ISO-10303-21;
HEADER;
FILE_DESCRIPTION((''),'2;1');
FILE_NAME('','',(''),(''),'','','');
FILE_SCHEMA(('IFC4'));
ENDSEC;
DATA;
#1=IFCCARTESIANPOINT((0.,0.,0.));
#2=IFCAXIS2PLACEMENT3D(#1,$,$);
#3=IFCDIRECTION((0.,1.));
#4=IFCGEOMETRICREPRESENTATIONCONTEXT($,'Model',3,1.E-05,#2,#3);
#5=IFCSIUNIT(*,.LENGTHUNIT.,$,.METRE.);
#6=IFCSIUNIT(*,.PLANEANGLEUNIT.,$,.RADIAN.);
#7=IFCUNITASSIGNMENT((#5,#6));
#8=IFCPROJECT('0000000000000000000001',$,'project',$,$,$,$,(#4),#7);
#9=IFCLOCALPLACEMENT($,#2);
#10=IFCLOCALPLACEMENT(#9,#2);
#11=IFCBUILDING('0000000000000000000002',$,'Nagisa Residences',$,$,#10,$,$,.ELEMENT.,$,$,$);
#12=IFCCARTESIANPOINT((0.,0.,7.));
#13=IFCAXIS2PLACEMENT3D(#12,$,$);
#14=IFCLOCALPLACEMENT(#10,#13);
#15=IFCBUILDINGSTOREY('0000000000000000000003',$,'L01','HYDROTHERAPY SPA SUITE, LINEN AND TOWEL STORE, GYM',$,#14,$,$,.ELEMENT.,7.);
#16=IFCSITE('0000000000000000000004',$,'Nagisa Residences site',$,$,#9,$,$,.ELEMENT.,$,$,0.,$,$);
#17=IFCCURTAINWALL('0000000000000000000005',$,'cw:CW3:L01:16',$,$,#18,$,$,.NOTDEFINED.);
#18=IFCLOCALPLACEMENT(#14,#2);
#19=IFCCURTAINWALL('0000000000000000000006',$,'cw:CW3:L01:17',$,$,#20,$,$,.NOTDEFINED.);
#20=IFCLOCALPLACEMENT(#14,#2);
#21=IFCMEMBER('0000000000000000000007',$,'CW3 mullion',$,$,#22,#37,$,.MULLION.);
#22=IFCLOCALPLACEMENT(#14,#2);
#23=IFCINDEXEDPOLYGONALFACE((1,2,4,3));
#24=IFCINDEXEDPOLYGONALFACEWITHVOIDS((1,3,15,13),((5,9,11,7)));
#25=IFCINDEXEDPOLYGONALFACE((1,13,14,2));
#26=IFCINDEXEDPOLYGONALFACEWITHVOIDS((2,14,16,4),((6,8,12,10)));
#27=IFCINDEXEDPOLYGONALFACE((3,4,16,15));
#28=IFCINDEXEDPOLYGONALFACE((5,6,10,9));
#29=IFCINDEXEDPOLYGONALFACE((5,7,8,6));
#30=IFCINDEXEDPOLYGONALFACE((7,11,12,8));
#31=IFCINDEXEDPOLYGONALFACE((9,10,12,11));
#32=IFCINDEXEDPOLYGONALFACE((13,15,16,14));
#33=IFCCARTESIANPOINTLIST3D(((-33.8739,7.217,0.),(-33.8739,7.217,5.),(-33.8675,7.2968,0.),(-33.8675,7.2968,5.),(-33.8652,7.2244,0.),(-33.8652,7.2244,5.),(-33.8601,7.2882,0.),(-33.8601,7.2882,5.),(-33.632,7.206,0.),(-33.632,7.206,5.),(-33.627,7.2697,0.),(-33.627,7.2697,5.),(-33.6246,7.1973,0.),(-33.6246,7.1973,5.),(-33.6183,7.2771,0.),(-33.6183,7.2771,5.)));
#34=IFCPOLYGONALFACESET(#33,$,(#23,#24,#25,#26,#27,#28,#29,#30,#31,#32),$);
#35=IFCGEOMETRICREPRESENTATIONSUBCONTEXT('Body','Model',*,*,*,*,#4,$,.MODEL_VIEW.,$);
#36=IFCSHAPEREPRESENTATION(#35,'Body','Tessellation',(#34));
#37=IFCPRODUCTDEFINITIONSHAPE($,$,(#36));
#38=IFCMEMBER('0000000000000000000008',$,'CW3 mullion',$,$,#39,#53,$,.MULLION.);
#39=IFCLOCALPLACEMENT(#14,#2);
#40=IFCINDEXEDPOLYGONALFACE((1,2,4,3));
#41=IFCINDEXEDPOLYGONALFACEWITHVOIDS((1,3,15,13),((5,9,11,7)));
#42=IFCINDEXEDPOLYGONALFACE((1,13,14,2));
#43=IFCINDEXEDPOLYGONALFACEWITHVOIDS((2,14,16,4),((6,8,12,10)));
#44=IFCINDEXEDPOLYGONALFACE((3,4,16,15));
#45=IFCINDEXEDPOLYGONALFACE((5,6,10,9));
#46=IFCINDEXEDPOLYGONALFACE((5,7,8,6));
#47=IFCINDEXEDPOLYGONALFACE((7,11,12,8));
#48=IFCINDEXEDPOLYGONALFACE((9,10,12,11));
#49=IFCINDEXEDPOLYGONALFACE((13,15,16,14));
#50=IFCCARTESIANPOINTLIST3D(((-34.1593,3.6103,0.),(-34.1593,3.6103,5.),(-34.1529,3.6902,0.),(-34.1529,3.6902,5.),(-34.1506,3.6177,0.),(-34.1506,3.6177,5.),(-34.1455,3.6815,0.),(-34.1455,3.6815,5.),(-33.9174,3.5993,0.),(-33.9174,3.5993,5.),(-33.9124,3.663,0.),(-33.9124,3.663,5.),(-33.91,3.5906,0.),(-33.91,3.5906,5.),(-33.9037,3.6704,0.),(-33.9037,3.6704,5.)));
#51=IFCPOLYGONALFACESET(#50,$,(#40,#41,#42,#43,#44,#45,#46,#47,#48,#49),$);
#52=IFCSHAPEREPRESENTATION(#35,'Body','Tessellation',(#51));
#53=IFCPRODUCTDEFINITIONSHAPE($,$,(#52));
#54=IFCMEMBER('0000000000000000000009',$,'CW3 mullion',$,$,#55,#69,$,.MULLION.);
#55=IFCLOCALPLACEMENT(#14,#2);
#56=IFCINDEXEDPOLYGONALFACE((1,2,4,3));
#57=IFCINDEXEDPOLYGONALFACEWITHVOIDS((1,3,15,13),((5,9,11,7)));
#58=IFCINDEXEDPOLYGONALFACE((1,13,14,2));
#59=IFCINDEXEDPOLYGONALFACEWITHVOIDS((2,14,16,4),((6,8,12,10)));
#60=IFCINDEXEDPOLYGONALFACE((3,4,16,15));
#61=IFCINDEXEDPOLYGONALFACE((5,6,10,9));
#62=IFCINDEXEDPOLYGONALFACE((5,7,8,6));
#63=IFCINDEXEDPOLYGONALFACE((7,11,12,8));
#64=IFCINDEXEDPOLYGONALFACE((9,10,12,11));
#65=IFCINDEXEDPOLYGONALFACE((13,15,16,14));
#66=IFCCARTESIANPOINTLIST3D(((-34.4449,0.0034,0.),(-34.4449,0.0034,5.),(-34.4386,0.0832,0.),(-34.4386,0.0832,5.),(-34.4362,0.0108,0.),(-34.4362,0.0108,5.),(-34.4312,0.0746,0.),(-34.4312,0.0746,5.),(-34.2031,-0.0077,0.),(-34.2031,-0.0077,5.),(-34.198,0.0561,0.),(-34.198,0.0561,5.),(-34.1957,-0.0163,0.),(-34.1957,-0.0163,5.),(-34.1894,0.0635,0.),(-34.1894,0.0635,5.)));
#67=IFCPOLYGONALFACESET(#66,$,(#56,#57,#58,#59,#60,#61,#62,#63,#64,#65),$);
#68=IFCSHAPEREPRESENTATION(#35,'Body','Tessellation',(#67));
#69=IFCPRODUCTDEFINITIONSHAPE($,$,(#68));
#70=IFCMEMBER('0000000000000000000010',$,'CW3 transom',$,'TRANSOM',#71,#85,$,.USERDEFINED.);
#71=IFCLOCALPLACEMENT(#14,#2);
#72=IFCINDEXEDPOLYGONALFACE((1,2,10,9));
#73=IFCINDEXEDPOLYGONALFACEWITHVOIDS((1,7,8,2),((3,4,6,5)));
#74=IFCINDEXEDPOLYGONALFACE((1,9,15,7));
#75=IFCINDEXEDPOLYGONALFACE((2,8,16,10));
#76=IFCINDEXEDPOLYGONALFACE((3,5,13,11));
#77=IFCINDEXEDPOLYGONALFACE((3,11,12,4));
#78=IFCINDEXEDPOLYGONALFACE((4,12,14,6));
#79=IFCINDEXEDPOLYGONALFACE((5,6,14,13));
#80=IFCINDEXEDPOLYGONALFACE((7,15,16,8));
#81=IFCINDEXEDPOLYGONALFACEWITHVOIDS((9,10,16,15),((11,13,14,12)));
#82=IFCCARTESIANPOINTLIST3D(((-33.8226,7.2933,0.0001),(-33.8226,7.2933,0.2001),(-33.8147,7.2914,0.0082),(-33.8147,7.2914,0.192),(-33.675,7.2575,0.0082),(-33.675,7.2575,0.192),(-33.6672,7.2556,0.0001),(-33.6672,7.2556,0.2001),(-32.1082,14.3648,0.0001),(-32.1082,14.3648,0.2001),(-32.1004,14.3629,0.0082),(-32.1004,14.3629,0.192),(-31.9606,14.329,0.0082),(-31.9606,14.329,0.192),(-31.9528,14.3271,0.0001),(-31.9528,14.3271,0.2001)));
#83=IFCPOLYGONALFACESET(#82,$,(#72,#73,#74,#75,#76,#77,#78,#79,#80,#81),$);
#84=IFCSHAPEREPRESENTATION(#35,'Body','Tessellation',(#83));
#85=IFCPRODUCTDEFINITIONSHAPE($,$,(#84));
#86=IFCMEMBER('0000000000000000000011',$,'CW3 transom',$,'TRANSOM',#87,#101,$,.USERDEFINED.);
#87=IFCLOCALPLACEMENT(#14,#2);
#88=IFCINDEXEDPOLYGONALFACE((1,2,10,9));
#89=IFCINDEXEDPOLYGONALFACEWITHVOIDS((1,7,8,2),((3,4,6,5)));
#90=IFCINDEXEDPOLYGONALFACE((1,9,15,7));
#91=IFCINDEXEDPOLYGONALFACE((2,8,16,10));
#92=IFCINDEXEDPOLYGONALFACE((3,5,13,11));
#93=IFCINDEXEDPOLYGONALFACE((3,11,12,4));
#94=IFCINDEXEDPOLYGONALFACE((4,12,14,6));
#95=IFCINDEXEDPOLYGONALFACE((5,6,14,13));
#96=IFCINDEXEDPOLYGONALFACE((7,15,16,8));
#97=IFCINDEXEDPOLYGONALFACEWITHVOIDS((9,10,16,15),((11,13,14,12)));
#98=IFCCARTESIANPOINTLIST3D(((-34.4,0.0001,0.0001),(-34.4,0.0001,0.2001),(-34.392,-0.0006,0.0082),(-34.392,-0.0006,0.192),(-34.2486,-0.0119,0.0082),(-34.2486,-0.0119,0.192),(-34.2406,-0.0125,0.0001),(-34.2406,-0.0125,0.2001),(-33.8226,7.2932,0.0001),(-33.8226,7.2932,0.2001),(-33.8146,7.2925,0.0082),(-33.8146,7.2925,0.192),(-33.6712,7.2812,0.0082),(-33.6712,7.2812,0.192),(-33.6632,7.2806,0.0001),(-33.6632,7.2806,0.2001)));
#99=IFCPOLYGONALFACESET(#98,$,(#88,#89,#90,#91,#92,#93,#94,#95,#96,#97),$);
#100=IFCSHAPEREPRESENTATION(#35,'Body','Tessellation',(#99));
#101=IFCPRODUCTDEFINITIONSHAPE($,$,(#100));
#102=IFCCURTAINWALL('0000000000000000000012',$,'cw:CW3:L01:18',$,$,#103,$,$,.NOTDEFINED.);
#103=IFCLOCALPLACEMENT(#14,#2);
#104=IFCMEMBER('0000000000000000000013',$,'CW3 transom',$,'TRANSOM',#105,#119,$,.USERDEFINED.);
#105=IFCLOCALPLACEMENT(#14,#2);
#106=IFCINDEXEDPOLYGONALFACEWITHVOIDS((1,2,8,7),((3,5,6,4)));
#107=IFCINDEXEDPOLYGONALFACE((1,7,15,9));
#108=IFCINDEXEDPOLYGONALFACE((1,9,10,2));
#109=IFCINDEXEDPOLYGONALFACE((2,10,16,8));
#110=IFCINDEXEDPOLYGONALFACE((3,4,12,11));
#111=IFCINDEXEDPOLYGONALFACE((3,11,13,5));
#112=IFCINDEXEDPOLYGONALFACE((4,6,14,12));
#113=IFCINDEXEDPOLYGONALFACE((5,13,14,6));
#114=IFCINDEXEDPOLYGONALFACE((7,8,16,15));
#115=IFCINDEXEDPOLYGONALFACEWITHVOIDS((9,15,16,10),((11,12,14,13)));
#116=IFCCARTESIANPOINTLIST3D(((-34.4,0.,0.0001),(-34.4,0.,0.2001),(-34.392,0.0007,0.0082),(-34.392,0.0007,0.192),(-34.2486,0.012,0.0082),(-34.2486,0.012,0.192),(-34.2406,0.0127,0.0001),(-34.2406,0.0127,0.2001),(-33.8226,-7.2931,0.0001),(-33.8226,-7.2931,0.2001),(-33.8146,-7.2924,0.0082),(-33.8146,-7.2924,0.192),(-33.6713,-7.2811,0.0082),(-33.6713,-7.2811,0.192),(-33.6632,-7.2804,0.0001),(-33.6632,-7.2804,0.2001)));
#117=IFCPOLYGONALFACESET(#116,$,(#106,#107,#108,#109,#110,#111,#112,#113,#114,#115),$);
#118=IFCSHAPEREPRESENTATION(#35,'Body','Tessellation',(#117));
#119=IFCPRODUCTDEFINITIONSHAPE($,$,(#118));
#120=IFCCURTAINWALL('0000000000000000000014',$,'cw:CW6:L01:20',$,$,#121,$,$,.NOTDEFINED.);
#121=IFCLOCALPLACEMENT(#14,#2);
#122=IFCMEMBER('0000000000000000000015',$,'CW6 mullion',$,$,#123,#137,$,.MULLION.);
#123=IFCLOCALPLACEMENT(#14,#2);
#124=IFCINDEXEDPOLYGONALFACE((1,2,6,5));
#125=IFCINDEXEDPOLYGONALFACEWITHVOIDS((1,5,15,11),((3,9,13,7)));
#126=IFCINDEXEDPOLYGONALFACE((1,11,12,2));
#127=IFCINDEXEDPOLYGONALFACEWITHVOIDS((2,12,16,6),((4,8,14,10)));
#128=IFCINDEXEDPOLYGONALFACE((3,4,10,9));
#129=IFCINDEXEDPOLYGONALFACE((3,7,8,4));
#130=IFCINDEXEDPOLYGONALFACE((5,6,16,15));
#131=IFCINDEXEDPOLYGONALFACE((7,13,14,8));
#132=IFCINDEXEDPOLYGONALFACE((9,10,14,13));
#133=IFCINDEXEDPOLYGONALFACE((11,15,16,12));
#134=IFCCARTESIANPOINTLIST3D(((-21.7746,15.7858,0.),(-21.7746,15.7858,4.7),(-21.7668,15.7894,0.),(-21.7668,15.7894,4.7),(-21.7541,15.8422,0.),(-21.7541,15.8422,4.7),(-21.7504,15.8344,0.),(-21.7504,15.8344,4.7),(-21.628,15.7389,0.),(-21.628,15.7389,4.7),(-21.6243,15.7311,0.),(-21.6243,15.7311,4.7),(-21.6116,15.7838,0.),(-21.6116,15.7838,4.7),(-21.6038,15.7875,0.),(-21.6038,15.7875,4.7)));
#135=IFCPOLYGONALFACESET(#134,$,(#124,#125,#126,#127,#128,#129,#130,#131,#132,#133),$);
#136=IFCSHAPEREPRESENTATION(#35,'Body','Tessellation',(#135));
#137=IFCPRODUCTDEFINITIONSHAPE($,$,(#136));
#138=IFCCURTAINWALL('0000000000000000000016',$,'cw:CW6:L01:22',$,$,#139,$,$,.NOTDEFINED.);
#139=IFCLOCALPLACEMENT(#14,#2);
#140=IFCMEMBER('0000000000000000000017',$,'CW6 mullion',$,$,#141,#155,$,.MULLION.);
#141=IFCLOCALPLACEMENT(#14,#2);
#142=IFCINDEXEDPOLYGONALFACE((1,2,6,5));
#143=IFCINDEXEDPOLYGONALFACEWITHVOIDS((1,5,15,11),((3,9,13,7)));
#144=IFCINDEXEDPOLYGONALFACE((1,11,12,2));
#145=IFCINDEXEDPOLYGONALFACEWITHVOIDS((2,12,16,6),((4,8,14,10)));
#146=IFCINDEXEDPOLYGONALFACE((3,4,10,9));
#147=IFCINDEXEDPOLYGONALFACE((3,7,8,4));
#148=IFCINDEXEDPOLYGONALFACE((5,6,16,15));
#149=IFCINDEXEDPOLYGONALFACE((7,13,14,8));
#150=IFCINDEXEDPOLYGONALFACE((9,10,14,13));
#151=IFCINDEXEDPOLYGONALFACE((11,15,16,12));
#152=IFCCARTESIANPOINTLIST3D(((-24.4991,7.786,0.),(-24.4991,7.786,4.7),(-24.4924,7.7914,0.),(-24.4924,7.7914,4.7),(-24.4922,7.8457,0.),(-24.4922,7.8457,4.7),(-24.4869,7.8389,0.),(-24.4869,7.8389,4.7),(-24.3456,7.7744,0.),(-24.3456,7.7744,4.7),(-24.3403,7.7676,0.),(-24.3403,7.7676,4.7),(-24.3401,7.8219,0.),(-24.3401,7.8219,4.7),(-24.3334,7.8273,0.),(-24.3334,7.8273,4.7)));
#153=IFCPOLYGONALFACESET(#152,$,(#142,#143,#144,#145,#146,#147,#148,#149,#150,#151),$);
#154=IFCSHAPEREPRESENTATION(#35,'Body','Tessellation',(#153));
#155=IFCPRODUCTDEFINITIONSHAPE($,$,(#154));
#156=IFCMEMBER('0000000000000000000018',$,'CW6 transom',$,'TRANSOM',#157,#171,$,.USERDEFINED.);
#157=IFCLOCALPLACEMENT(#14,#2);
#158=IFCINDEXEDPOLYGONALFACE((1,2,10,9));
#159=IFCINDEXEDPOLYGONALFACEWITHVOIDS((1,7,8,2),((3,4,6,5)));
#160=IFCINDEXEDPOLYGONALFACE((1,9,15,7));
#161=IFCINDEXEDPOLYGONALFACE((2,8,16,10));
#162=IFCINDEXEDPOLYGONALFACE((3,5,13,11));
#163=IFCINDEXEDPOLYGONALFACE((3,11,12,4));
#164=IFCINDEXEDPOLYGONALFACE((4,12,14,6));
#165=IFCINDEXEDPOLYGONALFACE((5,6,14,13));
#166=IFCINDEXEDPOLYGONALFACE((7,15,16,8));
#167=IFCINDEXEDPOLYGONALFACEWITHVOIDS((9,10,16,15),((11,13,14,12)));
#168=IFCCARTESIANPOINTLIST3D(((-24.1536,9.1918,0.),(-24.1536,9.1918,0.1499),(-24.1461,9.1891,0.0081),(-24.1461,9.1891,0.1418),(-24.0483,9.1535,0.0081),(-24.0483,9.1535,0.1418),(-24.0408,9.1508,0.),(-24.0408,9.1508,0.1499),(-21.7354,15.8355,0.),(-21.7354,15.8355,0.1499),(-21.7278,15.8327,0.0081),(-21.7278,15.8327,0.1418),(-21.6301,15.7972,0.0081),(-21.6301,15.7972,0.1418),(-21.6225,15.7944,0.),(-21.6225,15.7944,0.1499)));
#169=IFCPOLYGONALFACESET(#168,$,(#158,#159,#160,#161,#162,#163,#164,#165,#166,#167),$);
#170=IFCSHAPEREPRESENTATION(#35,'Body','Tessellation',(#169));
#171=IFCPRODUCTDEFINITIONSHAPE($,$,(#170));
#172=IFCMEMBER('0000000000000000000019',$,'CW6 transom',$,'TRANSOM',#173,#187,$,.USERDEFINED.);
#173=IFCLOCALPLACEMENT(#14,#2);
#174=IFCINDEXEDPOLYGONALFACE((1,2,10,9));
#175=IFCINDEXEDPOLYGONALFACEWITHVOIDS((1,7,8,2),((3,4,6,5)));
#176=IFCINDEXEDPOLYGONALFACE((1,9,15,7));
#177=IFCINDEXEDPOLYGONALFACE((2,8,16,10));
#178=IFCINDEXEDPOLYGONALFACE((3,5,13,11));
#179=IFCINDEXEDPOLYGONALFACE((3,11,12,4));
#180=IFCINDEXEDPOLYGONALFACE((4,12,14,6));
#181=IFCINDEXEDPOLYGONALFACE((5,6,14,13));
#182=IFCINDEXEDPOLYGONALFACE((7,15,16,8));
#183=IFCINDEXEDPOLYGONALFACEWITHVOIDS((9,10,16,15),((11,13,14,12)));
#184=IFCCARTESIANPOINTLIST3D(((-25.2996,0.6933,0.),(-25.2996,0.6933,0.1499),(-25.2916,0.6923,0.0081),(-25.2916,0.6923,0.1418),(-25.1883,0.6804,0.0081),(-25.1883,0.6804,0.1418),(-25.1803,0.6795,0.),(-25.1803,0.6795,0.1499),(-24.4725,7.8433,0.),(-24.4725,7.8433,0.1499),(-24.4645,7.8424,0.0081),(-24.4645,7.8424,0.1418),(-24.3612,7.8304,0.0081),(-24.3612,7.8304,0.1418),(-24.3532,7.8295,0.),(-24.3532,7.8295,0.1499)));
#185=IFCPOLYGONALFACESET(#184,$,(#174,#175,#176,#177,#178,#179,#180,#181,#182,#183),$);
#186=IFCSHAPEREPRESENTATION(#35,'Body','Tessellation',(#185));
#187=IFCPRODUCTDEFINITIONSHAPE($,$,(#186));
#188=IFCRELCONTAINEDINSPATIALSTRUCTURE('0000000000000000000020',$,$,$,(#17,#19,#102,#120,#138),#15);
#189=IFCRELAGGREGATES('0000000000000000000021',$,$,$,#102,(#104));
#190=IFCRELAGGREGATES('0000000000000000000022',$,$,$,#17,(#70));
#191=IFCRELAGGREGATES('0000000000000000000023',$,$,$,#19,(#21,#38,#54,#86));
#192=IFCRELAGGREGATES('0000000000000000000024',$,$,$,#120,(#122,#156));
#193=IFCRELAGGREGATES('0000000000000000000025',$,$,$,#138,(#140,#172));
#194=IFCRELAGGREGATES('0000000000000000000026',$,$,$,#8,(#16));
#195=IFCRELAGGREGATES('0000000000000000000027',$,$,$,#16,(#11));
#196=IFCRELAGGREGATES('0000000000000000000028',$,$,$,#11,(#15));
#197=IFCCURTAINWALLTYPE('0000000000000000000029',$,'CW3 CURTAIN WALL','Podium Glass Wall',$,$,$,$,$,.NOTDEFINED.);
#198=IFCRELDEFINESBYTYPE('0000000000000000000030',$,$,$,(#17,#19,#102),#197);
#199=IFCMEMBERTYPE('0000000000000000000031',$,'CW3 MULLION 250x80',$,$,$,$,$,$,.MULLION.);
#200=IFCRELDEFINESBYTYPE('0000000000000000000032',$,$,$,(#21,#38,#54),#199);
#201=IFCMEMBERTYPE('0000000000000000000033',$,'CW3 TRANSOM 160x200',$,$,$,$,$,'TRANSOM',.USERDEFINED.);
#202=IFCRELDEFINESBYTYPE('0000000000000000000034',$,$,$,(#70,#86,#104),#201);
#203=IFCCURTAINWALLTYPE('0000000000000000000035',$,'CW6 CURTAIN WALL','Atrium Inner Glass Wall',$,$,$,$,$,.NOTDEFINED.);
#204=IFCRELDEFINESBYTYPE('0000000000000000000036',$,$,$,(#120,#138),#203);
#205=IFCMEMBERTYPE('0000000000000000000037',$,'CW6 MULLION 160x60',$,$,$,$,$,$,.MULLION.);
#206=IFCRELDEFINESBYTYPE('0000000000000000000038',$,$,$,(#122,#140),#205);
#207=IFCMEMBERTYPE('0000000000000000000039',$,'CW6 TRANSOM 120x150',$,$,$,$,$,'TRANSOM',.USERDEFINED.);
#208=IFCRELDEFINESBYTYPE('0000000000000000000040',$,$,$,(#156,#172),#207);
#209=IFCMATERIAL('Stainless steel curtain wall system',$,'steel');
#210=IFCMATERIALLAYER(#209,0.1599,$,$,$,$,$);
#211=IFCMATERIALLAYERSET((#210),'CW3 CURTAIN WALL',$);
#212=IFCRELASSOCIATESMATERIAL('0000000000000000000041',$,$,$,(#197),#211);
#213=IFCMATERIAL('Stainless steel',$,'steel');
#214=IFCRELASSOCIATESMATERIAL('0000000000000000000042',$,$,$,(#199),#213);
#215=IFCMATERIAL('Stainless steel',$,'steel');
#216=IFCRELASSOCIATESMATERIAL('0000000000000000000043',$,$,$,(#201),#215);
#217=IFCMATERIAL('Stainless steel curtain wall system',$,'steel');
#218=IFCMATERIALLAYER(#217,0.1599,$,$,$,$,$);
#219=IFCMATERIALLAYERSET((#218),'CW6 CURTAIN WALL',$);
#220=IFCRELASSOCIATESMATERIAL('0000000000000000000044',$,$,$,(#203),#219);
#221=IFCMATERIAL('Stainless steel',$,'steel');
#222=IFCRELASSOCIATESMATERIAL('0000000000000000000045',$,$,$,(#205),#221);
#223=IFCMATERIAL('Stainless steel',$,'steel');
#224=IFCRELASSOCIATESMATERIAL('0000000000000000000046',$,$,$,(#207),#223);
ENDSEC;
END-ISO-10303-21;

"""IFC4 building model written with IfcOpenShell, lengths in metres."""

from ifc_helpers import new_model, si_unit, direction, frame, origin, origin_2d, place, context, subcontext, project, spatial, hollow_rectangle, extrude, material, layer, layer_set, material_profile, profile_set, type_object, element, aggregate, save


model = new_model("IFC4")

# Units and contexts
model_context = context("Model", 3, precision=1e-05, world=origin(), true_north=direction((0.0, 1.0)))
body_context = subcontext(model_context, "Body", "Model", "MODEL_VIEW")
ifc_project = project(units=[si_unit("LENGTHUNIT", "METRE"), si_unit("PLANEANGLEUNIT", "RADIAN")], contexts=[model_context])

# Site, building, storey
site_placement = place(None, origin())
site = spatial("IfcSite", under=ifc_project, at=site_placement, Name="Nagisa Residences site", CompositionType="ELEMENT", RefElevation=0.0)
building_placement = place(site_placement, origin())
building = spatial("IfcBuilding", under=site, at=building_placement, Name="Nagisa Residences", CompositionType="ELEMENT")
storey_placement = place(building_placement, frame((0.0, 0.0, 7.0)))
storey = spatial("IfcBuildingStorey", under=building, at=storey_placement, Name="L01", Description="HYDROTHERAPY SPA SUITE, LINEN AND TOWEL STORE, GYM", CompositionType="ELEMENT", Elevation=7.0)

# Shared definitions
ifc_material_1 = material(Name="Stainless steel curtain wall system", Category="steel")
ifc_layer_1 = layer(ifc_material_1, 0.1599)
ifc_layer_set_1 = layer_set([ifc_layer_1], Name="CW3 CURTAIN WALL")
curtain_wall_type_1 = type_object("IfcCurtainWallType", Name="CW3 CURTAIN WALL", Description="Podium Glass Wall", PredefinedType="NOTDEFINED", material=ifc_layer_set_1)
ifc_material_2 = material(Name="Stainless steel", Category="steel")
ifc_material_profile_1 = material_profile(ifc_material_2, hollow_rectangle(XDim=0.25, YDim=0.0801, WallThickness=0.0081, at=origin_2d()), Name="CW3 MULLION 250x80")
ifc_profile_set_1 = profile_set([ifc_material_profile_1], Name="Stainless steel")
member_type_1 = type_object("IfcMemberType", Name="CW3 MULLION 250x80", PredefinedType="MULLION", material=ifc_profile_set_1)

# Curtain walls, members
curtain_wall_1_placement = place(storey_placement, origin())
curtain_wall_1 = element("IfcCurtainWall", 1, at=curtain_wall_1_placement, inside=storey, type_object=curtain_wall_type_1, Name="cw:CW3:L01:16", PredefinedType="NOTDEFINED")
curtain_wall_2_placement = place(storey_placement, origin())
curtain_wall_2 = element("IfcCurtainWall", 2, at=curtain_wall_2_placement, inside=storey, type_object=curtain_wall_type_1, Name="cw:CW3:L01:17", PredefinedType="NOTDEFINED")
member_1_placement = place(storey_placement, frame((-33.7461, 7.2471, 0.0), z_axis=(0.0, 0.0, 1.0), x_axis=(0.996882, -0.07891, 0.0)))
member_1 = element("IfcMember", 3, at=member_1_placement, type_object=member_type_1, Name="CW3 mullion", PredefinedType="MULLION", context=body_context, shape_type="SweptSolid", body=[
    extrude(hollow_rectangle(XDim=0.25, YDim=0.0801, WallThickness=0.0081, at=origin_2d()), origin(), (0.0, 0.0, 1.0), 5.0),
])
member_2_placement = place(storey_placement, frame((-34.0315, 3.6404, 0.0), z_axis=(0.0, 0.0, 1.0), x_axis=(0.996882, -0.07891, 0.0)))
member_2 = element("IfcMember", 4, at=member_2_placement, type_object=member_type_1, Name="CW3 mullion", PredefinedType="MULLION", context=body_context, shape_type="SweptSolid", body=[
    extrude(hollow_rectangle(XDim=0.25, YDim=0.0801, WallThickness=0.0081, at=origin_2d()), origin(), (0.0, 0.0, 1.0), 5.0),
])
member_3_placement = place(storey_placement, frame((-34.3171, 0.0334, 0.0), z_axis=(0.0, 0.0, 1.0), x_axis=(0.996882, -0.07891, 0.0)))
member_3 = element("IfcMember", 5, at=member_3_placement, type_object=member_type_1, Name="CW3 mullion", PredefinedType="MULLION", context=body_context, shape_type="SweptSolid", body=[
    extrude(hollow_rectangle(XDim=0.25, YDim=0.0801, WallThickness=0.0081, at=origin_2d()), origin(), (0.0, 0.0, 1.0), 5.0),
])

# Members
ifc_material_3 = material(Name="Stainless steel", Category="steel")
ifc_material_profile_2 = material_profile(ifc_material_3, hollow_rectangle(XDim=0.1599, YDim=0.2, WallThickness=0.0081, at=origin_2d()), Name="CW3 TRANSOM 160x200")
ifc_profile_set_2 = profile_set([ifc_material_profile_2], Name="Stainless steel")
member_type_2 = type_object("IfcMemberType", Name="CW3 TRANSOM 160x200", ElementType="TRANSOM", PredefinedType="USERDEFINED", material=ifc_profile_set_2)
member_4_placement = place(storey_placement, frame((-32.0305, 14.3459, 0.1001), z_axis=(-0.235606, -0.971849, 0.0), x_axis=(0.971849, -0.235606, 0.0)))
member_4 = element("IfcMember", 6, at=member_4_placement, type_object=member_type_2, Name="CW3 transom", ObjectType="TRANSOM", PredefinedType="USERDEFINED", context=body_context, shape_type="SweptSolid", body=[
    extrude(hollow_rectangle(XDim=0.1599, YDim=0.2, WallThickness=0.0081, at=origin_2d()), origin(), (0.0, 0.0, 1.0), 7.2764),
])
member_5_placement = place(storey_placement, frame((-33.7429, 7.2869, 0.1001), z_axis=(-0.078922, -0.996881, 0.0), x_axis=(0.996881, -0.078922, 0.0)))
member_5 = element("IfcMember", 7, at=member_5_placement, type_object=member_type_2, Name="CW3 transom", ObjectType="TRANSOM", PredefinedType="USERDEFINED", context=body_context, shape_type="SweptSolid", body=[
    extrude(hollow_rectangle(XDim=0.1599, YDim=0.2, WallThickness=0.0081, at=origin_2d()), origin(), (0.0, 0.0, 1.0), 7.3159),
])

# Curtain walls, members
curtain_wall_3_placement = place(storey_placement, origin())
curtain_wall_3 = element("IfcCurtainWall", 8, at=curtain_wall_3_placement, inside=storey, type_object=curtain_wall_type_1, Name="cw:CW3:L01:18", PredefinedType="NOTDEFINED")
member_6_placement = place(storey_placement, frame((-34.3203, 0.0063, 0.1001), z_axis=(0.078922, -0.996881, 0.0), x_axis=(0.996881, 0.078922, 0.0)))
member_6 = element("IfcMember", 9, at=member_6_placement, type_object=member_type_2, Name="CW3 transom", ObjectType="TRANSOM", PredefinedType="USERDEFINED", context=body_context, shape_type="SweptSolid", body=[
    extrude(hollow_rectangle(XDim=0.1599, YDim=0.2, WallThickness=0.0081, at=origin_2d()), origin(), (0.0, 0.0, 1.0), 7.3159),
])
aggregate(curtain_wall_3, [member_6])
ifc_material_4 = material(Name="Stainless steel curtain wall system", Category="steel")
ifc_layer_2 = layer(ifc_material_4, 0.1599)
ifc_layer_set_2 = layer_set([ifc_layer_2], Name="CW6 CURTAIN WALL")
curtain_wall_type_2 = type_object("IfcCurtainWallType", Name="CW6 CURTAIN WALL", Description="Atrium Inner Glass Wall", PredefinedType="NOTDEFINED", material=ifc_layer_set_2)
curtain_wall_4_placement = place(storey_placement, origin())
curtain_wall_4 = element("IfcCurtainWall", 10, at=curtain_wall_4_placement, inside=storey, type_object=curtain_wall_type_2, Name="cw:CW6:L01:20", PredefinedType="NOTDEFINED")
ifc_material_5 = material(Name="Stainless steel", Category="steel")
ifc_material_profile_3 = material_profile(ifc_material_5, hollow_rectangle(XDim=0.1599, YDim=0.0601, WallThickness=0.0061, at=origin_2d()), Name="CW6 MULLION 160x60")
ifc_profile_set_3 = profile_set([ifc_material_profile_3], Name="Stainless steel")
member_type_3 = type_object("IfcMemberType", Name="CW6 MULLION 160x60", PredefinedType="MULLION", material=ifc_profile_set_3)
member_7_placement = place(storey_placement, frame((-21.6892, 15.7866, 0.0), z_axis=(0.0, 0.0, 1.0), x_axis=(0.939682, -0.34205, 0.0)))
member_7 = element("IfcMember", 11, at=member_7_placement, type_object=member_type_3, Name="CW6 mullion", PredefinedType="MULLION", context=body_context, shape_type="SweptSolid", body=[
    extrude(hollow_rectangle(XDim=0.1599, YDim=0.0601, WallThickness=0.0061, at=origin_2d()), origin(), (0.0, 0.0, 1.0), 4.7),
])
curtain_wall_5_placement = place(storey_placement, origin())
curtain_wall_5 = element("IfcCurtainWall", 12, at=curtain_wall_5_placement, inside=storey, type_object=curtain_wall_type_2, Name="cw:CW6:L01:22", PredefinedType="NOTDEFINED")
member_8_placement = place(storey_placement, frame((-24.4163, 7.8066, 0.0), z_axis=(0.0, 0.0, 1.0), x_axis=(0.993374, -0.114928, 0.0)))
member_8 = element("IfcMember", 13, at=member_8_placement, type_object=member_type_3, Name="CW6 mullion", PredefinedType="MULLION", context=body_context, shape_type="SweptSolid", body=[
    extrude(hollow_rectangle(XDim=0.1599, YDim=0.0601, WallThickness=0.0061, at=origin_2d()), origin(), (0.0, 0.0, 1.0), 4.7),
])

# Members
ifc_material_6 = material(Name="Stainless steel", Category="steel")
ifc_material_profile_4 = material_profile(ifc_material_6, hollow_rectangle(XDim=0.1201, YDim=0.1499, WallThickness=0.0081, at=origin_2d()), Name="CW6 TRANSOM 120x150")
ifc_profile_set_4 = profile_set([ifc_material_profile_4], Name="Stainless steel")
member_type_4 = type_object("IfcMemberType", Name="CW6 TRANSOM 120x150", ElementType="TRANSOM", PredefinedType="USERDEFINED", material=ifc_profile_set_4)
member_9_placement = place(storey_placement, frame((-21.679, 15.8149, 0.075), z_axis=(-0.34204, -0.939685, 0.0), x_axis=(0.939685, -0.34204, 0.0)))
member_9 = element("IfcMember", 14, at=member_9_placement, type_object=member_type_4, Name="CW6 transom", ObjectType="TRANSOM", PredefinedType="USERDEFINED", context=body_context, shape_type="SweptSolid", body=[
    extrude(hollow_rectangle(XDim=0.1201, YDim=0.1499, WallThickness=0.0081, at=origin_2d()), origin(), (0.0, 0.0, 1.0), 7.0701),
])
member_10_placement = place(storey_placement, frame((-24.4128, 7.8364, 0.075), z_axis=(-0.114916, -0.993375, 0.0), x_axis=(0.993375, -0.114916, 0.0)))
member_10 = element("IfcMember", 15, at=member_10_placement, type_object=member_type_4, Name="CW6 transom", ObjectType="TRANSOM", PredefinedType="USERDEFINED", context=body_context, shape_type="SweptSolid", body=[
    extrude(hollow_rectangle(XDim=0.1201, YDim=0.1499, WallThickness=0.0081, at=origin_2d()), origin(), (0.0, 0.0, 1.0), 7.1978),
])

aggregate(curtain_wall_1, [member_4])
aggregate(curtain_wall_2, [member_1, member_2, member_3, member_5])
aggregate(curtain_wall_4, [member_7, member_9])
aggregate(curtain_wall_5, [member_8, member_10])

save(model, "model.ifc")
